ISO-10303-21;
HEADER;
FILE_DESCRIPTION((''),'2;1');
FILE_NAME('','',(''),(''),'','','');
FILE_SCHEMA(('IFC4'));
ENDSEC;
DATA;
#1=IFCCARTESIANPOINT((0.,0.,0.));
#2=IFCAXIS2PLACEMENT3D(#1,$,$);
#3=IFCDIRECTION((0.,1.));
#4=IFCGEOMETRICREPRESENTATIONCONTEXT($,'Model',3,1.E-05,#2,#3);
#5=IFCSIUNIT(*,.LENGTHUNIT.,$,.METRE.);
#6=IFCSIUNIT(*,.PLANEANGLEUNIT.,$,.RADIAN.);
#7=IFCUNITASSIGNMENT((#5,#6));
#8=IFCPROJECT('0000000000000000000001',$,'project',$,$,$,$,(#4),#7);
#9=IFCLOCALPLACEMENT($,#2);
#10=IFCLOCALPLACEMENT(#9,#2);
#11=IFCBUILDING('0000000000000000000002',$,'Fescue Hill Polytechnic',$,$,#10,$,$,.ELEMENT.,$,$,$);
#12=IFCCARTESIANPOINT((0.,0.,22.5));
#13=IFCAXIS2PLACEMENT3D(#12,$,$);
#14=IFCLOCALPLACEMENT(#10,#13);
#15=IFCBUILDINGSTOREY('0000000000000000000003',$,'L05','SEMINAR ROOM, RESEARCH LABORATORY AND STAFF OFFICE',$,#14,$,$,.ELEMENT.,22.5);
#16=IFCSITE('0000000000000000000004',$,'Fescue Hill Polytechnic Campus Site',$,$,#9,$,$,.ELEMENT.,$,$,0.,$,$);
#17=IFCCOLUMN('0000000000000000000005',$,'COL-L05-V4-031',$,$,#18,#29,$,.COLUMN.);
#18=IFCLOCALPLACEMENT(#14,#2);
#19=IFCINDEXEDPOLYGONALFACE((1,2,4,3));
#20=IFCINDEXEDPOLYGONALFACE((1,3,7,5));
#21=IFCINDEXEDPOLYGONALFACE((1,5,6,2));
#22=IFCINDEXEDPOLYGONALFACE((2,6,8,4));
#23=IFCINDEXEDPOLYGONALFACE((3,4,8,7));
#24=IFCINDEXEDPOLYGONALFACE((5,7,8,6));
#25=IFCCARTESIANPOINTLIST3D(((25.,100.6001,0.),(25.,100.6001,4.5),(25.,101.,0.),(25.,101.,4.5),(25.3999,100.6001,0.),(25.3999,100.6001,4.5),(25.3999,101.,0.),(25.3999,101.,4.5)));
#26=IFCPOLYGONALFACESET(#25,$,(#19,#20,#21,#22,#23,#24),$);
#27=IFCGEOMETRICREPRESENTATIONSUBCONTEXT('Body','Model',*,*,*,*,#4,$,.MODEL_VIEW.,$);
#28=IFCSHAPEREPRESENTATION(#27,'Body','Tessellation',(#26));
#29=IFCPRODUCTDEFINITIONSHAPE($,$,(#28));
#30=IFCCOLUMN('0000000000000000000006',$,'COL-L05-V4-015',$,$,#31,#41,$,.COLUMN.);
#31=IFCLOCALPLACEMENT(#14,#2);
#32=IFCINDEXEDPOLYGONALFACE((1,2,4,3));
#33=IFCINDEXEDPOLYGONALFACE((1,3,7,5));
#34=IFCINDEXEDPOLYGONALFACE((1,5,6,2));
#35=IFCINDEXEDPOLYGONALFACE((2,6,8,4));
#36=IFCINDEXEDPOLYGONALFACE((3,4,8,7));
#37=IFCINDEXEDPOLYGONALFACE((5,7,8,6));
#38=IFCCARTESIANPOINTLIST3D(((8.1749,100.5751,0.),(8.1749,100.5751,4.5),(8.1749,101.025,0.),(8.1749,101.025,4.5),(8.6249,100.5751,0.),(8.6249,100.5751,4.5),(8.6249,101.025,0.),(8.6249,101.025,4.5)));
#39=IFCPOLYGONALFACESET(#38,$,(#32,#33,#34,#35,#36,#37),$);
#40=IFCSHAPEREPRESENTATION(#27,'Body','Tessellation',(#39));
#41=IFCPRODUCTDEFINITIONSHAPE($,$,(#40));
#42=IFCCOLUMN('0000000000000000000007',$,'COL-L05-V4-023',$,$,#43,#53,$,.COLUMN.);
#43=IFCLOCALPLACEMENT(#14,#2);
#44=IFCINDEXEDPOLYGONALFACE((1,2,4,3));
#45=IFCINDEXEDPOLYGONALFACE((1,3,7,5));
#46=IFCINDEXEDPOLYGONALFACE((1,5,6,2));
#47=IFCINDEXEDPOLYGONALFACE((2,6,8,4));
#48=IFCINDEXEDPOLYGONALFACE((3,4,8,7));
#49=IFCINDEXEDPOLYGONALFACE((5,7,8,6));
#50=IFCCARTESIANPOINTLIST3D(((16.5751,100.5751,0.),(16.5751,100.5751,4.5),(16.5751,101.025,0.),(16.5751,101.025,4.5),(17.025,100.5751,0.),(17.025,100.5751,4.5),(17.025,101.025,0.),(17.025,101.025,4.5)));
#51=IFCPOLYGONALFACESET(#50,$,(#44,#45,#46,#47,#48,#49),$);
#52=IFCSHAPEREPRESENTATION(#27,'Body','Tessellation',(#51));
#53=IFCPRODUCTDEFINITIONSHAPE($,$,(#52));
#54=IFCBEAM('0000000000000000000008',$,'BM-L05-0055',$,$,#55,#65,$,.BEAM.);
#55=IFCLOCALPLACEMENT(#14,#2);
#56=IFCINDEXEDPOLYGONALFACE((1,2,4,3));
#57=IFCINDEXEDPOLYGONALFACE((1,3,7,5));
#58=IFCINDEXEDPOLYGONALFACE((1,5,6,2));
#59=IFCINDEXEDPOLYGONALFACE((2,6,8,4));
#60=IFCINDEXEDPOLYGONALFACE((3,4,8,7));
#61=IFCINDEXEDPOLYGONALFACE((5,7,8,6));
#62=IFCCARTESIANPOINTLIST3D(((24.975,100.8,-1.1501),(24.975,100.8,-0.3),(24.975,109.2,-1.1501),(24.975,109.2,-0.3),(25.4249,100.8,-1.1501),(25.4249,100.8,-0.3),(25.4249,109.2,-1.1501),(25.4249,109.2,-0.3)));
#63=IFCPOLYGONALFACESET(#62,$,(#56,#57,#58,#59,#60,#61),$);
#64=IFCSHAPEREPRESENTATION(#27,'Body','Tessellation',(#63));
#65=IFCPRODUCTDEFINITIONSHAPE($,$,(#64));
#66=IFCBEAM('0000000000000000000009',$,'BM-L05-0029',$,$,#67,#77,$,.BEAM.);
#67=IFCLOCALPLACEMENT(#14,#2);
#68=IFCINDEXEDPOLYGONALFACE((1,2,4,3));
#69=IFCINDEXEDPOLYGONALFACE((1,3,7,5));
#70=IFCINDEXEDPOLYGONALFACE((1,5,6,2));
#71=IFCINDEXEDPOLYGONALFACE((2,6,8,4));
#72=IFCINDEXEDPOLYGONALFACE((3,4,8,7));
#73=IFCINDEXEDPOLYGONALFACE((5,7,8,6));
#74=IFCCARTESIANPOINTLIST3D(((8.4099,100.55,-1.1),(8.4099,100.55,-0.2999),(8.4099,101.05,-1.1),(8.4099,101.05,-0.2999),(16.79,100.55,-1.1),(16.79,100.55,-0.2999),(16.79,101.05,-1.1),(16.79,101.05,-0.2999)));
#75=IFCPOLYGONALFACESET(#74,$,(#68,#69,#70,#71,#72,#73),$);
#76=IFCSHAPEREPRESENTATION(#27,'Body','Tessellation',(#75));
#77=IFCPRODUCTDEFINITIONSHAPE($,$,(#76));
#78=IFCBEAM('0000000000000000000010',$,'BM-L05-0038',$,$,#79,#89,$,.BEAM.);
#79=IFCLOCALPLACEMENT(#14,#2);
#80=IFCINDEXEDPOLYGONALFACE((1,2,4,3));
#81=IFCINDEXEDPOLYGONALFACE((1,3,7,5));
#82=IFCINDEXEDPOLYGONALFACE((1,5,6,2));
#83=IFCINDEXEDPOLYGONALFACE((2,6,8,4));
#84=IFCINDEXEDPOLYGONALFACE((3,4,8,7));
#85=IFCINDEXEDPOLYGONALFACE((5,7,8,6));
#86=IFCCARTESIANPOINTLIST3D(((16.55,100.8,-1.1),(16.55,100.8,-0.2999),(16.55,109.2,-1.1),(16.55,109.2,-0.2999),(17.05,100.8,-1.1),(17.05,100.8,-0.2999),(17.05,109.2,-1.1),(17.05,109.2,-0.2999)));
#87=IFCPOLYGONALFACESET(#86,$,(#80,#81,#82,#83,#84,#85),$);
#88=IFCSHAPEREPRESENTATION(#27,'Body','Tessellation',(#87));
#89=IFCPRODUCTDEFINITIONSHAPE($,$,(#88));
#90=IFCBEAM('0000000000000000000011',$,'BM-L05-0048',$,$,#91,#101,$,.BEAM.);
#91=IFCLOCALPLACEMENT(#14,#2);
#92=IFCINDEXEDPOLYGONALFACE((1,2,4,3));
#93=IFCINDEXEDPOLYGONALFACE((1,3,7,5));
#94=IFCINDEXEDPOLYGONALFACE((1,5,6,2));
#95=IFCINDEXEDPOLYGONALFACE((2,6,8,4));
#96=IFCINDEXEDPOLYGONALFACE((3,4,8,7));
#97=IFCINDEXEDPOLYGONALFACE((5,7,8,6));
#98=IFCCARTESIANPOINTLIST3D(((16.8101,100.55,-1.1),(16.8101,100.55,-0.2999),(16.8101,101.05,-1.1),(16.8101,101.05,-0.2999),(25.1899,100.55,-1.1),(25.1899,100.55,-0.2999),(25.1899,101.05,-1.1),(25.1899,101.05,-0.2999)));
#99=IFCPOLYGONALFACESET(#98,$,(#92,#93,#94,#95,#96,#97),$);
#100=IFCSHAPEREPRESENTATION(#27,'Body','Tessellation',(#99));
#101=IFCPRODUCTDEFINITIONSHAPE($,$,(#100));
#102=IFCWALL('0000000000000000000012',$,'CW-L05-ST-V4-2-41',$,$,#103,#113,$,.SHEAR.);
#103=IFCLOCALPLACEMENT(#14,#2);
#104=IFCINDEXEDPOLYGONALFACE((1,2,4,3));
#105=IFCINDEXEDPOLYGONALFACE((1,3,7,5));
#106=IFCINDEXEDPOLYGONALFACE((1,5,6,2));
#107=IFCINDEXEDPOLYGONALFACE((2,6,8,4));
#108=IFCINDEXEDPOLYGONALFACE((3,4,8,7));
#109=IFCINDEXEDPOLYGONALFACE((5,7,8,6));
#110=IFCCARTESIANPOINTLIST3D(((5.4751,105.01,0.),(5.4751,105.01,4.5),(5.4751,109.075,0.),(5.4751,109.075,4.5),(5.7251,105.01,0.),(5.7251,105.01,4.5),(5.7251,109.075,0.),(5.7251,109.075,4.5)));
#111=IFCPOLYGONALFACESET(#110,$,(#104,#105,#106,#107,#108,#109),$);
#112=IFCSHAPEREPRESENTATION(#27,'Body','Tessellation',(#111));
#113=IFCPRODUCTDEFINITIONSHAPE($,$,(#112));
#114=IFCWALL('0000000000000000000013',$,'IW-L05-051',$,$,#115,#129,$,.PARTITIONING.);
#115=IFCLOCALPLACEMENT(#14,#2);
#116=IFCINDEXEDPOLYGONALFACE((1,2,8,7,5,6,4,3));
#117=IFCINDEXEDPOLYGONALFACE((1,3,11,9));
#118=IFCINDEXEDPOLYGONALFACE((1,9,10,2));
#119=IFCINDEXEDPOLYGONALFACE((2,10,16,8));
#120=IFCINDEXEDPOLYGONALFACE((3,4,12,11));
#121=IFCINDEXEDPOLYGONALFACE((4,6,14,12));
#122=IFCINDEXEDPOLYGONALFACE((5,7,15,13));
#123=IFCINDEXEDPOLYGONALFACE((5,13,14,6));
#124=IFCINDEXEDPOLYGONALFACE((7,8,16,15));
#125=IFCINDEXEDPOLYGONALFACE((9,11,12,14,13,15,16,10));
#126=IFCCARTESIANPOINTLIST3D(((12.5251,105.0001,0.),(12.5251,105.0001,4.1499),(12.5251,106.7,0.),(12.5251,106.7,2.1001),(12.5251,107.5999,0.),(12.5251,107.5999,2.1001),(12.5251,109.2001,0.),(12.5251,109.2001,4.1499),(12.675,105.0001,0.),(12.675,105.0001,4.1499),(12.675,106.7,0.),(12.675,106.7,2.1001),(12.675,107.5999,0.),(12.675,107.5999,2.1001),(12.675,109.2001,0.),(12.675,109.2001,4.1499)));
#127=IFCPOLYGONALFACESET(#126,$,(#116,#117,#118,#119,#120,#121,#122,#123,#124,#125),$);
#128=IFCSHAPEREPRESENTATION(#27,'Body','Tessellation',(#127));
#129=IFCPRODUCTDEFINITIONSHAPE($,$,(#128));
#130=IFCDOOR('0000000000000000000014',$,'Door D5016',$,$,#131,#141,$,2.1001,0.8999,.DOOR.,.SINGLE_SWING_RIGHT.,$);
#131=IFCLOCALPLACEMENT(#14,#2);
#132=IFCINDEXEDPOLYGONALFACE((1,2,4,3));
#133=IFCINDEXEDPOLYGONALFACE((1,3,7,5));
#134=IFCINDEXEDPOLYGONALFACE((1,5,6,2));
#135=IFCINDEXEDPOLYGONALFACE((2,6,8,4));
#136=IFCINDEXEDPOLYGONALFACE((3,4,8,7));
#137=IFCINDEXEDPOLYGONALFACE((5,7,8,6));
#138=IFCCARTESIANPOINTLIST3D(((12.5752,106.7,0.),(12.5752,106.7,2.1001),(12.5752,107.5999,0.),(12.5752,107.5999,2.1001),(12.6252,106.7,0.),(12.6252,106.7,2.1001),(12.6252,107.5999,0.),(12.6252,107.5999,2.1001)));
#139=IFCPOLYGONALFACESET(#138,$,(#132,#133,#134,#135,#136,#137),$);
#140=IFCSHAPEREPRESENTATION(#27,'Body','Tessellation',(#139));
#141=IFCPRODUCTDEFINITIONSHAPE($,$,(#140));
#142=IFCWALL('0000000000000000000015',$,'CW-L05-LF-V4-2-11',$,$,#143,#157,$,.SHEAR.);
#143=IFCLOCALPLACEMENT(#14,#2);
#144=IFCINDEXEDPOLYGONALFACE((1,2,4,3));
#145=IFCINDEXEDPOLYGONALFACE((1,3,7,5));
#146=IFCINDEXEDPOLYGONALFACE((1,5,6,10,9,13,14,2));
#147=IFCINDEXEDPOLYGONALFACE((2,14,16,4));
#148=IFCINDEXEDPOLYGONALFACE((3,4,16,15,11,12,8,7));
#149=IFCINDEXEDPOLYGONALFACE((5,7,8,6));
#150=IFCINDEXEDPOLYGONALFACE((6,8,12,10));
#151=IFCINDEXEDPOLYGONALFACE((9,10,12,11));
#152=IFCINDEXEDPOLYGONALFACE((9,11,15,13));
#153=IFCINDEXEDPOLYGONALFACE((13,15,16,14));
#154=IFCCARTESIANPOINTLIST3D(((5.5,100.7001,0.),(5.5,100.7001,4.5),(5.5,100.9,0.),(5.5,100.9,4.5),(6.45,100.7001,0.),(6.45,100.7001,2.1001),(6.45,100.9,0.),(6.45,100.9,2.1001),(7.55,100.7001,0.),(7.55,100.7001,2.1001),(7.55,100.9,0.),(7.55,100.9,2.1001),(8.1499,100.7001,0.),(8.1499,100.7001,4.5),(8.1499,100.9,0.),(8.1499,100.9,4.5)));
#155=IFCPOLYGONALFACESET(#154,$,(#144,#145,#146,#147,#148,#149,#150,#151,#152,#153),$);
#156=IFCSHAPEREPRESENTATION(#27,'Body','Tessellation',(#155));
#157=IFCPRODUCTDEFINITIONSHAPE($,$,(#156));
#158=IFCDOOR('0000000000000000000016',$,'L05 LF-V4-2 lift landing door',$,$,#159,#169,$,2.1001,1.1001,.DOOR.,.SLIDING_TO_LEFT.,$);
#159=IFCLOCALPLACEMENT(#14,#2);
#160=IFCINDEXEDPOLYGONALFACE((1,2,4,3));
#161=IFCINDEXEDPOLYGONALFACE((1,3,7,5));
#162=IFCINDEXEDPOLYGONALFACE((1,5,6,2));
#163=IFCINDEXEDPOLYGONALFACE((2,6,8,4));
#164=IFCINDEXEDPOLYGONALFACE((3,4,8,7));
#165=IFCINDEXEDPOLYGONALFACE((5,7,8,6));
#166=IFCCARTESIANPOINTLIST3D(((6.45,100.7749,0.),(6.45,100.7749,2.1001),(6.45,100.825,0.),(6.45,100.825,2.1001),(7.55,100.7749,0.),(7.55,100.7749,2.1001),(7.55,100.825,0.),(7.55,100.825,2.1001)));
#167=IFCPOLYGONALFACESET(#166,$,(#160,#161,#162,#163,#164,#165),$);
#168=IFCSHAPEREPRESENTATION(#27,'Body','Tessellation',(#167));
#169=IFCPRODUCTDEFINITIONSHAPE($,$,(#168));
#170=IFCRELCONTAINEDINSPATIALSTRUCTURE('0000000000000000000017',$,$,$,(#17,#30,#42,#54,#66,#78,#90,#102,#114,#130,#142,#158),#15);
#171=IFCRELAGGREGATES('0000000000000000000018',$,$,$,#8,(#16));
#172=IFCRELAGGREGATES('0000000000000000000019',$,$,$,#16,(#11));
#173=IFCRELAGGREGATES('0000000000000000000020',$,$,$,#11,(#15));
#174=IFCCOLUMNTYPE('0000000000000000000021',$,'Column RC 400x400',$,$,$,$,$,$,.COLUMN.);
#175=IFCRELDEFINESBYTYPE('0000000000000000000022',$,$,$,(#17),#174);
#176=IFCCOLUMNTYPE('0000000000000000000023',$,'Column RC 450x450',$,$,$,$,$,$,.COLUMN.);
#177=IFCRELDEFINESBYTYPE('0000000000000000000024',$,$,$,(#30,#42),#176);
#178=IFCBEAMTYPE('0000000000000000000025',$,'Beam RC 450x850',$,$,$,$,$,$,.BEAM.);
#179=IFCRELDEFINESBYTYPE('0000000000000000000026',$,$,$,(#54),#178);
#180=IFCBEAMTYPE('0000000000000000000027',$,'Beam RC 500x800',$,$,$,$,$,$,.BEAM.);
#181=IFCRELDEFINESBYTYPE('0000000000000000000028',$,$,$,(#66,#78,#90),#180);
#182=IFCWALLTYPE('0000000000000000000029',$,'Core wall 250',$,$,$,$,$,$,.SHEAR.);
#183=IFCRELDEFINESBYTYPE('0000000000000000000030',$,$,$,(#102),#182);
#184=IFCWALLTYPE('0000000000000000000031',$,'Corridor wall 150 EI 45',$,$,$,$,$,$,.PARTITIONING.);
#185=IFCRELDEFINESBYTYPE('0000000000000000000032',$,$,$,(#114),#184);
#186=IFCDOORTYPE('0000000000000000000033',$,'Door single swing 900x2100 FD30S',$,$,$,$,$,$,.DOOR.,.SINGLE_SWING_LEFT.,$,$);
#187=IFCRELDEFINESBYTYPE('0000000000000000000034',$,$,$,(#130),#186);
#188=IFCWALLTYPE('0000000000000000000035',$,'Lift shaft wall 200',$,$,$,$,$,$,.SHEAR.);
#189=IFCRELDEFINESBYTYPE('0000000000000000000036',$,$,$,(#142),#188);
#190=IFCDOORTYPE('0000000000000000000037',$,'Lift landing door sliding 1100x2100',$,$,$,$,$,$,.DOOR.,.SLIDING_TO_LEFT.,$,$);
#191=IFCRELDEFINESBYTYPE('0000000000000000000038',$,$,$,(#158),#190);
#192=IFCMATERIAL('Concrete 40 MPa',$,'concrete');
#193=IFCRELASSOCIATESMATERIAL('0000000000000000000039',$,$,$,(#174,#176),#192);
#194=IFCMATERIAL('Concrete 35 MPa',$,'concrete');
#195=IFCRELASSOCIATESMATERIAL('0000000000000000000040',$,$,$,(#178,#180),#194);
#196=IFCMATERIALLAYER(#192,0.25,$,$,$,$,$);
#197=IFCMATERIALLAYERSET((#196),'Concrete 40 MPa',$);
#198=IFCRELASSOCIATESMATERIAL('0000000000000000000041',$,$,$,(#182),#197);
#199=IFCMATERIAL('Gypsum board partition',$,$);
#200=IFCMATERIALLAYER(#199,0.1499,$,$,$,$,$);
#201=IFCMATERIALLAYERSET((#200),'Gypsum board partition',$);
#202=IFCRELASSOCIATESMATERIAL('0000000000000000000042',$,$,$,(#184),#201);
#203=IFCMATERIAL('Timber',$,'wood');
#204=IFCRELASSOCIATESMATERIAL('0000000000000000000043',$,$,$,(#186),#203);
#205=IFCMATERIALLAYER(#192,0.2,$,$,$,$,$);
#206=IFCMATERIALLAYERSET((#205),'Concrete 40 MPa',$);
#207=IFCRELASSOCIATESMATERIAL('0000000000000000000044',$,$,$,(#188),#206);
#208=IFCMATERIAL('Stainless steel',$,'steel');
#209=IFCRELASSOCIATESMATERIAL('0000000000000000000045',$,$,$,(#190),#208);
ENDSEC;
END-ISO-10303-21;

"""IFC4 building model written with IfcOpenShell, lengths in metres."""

from ifc_helpers import new_model, si_unit, direction, frame, frame_2d, origin, origin_2d, place, context, subcontext, project, spatial, rectangle, extrude, material, layer, layer_set, material_profile, profile_set, type_object, element, fill, save


model = new_model("IFC4")

# Units and contexts
model_context = context("Model", 3, precision=1e-05, world=origin(), true_north=direction((0.0, 1.0)))
body_context = subcontext(model_context, "Body", "Model", "MODEL_VIEW")
ifc_project = project(units=[si_unit("LENGTHUNIT", "METRE"), si_unit("PLANEANGLEUNIT", "RADIAN")], contexts=[model_context])

# Site, building, storey
site_placement = place(None, origin())
site = spatial("IfcSite", under=ifc_project, at=site_placement, Name="Fescue Hill Polytechnic Campus Site", CompositionType="ELEMENT", RefElevation=0.0)
building_placement = place(site_placement, origin())
building = spatial("IfcBuilding", under=site, at=building_placement, Name="Fescue Hill Polytechnic", CompositionType="ELEMENT")
storey_placement = place(building_placement, frame((0.0, 0.0, 22.5)))
storey = spatial("IfcBuildingStorey", under=building, at=storey_placement, Name="L05", Description="SEMINAR ROOM, RESEARCH LABORATORY AND STAFF OFFICE", CompositionType="ELEMENT", Elevation=22.5)

# Columns
ifc_material_1 = material(Name="Concrete 40 MPa", Category="concrete")
ifc_material_profile_1 = material_profile(ifc_material_1, rectangle(XDim=0.3999, YDim=0.3999, at=origin_2d()), Name="RC 400x400")
ifc_profile_set_1 = profile_set([ifc_material_profile_1], Name="Concrete 40 MPa")
column_type_1 = type_object("IfcColumnType", Name="Column RC 400x400", PredefinedType="COLUMN", material=ifc_profile_set_1)
column_placement = place(storey_placement, frame((25.2, 100.8, 0.0), z_axis=(0.0, 0.0, 1.0), x_axis=(1.0, 0.0, 0.0)))
element("IfcColumn", 1, at=column_placement, inside=storey, type_object=column_type_1, Name="COL-L05-V4-031", PredefinedType="COLUMN", context=body_context, shape_type="SweptSolid", body=[
    extrude(rectangle(XDim=0.3999, YDim=0.3999, at=origin_2d()), origin(), (0.0, 0.0, 1.0), 4.5),
])
ifc_material_profile_2 = material_profile(ifc_material_1, rectangle(XDim=0.45, YDim=0.45, at=origin_2d()), Name="RC 450x450")
ifc_profile_set_2 = profile_set([ifc_material_profile_2], Name="Concrete 40 MPa")
column_type_2 = type_object("IfcColumnType", Name="Column RC 450x450", PredefinedType="COLUMN", material=ifc_profile_set_2)
for number, where, z_axis, x_axis, name in (
    (2, (8.3999, 100.8, 0.0), (0.0, 0.0, 1.0), (1.0, 0.0, 0.0), "COL-L05-V4-015"),
    (3, (16.8, 100.8, 0.0), (0.0, 0.0, 1.0), (1.0, 0.0, 0.0), "COL-L05-V4-023"),
):
    element("IfcColumn", number, at=place(storey_placement, frame(where, z_axis=z_axis, x_axis=x_axis)), inside=storey, type_object=column_type_2, Name=name, PredefinedType="COLUMN", context=body_context, shape_type="SweptSolid", body=[
        extrude(rectangle(XDim=0.45, YDim=0.45, at=origin_2d()), origin(), (0.0, 0.0, 1.0), 4.5),
    ])

# Beams
ifc_material_2 = material(Name="Concrete 35 MPa", Category="concrete")
ifc_material_profile_3 = material_profile(ifc_material_2, rectangle(XDim=0.45, YDim=0.8501, at=origin_2d()), Name="RC 450x850")
ifc_profile_set_3 = profile_set([ifc_material_profile_3], Name="Concrete 35 MPa")
beam_type_1 = type_object("IfcBeamType", Name="Beam RC 450x850", PredefinedType="BEAM", material=ifc_profile_set_3)
beam_1_placement = place(storey_placement, frame((25.2, 100.8, -0.7251), z_axis=(0.0, 1.0, 0.0), x_axis=(-1.0, 0.0, 0.0)))
element("IfcBeam", 4, at=beam_1_placement, inside=storey, type_object=beam_type_1, Name="BM-L05-0055", PredefinedType="BEAM", context=body_context, shape_type="SweptSolid", body=[
    extrude(rectangle(XDim=0.45, YDim=0.8501, at=origin_2d()), origin(), (0.0, 0.0, 1.0), 8.3999),
])
ifc_material_profile_4 = material_profile(ifc_material_2, rectangle(XDim=0.5, YDim=0.8, at=origin_2d()), Name="RC 500x800")
ifc_profile_set_4 = profile_set([ifc_material_profile_4], Name="Concrete 35 MPa")
beam_type_2 = type_object("IfcBeamType", Name="Beam RC 500x800", PredefinedType="BEAM", material=ifc_profile_set_4)
beam_2_placement = place(storey_placement, frame((8.4099, 100.8, -0.7), z_axis=(1.0, 0.0, 0.0), x_axis=(0.0, 1.0, 0.0)))
element("IfcBeam", 5, at=beam_2_placement, inside=storey, type_object=beam_type_2, Name="BM-L05-0029", PredefinedType="BEAM", context=body_context, shape_type="SweptSolid", body=[
    extrude(rectangle(XDim=0.5, YDim=0.8, at=origin_2d()), origin(), (0.0, 0.0, 1.0), 8.3801),
])
beam_3_placement = place(storey_placement, frame((16.8, 100.8, -0.7), z_axis=(0.0, 1.0, 0.0), x_axis=(-1.0, 0.0, 0.0)))
element("IfcBeam", 6, at=beam_3_placement, inside=storey, type_object=beam_type_2, Name="BM-L05-0038", PredefinedType="BEAM", context=body_context, shape_type="SweptSolid", body=[
    extrude(rectangle(XDim=0.5, YDim=0.8, at=origin_2d()), origin(), (0.0, 0.0, 1.0), 8.3999),
])
beam_4_placement = place(storey_placement, frame((16.8101, 100.8, -0.7), z_axis=(1.0, 0.0, 0.0), x_axis=(0.0, 1.0, 0.0)))
element("IfcBeam", 7, at=beam_4_placement, inside=storey, type_object=beam_type_2, Name="BM-L05-0048", PredefinedType="BEAM", context=body_context, shape_type="SweptSolid", body=[
    extrude(rectangle(XDim=0.5, YDim=0.8, at=origin_2d()), origin(), (0.0, 0.0, 1.0), 8.3799),
])

# Wall
ifc_layer_1 = layer(ifc_material_1, 0.25)
ifc_layer_set_1 = layer_set([ifc_layer_1], Name="Concrete 40 MPa")
wall_type_1 = type_object("IfcWallType", Name="Core wall 250", PredefinedType="SHEAR", material=ifc_layer_set_1)
wall_1_placement = place(storey_placement, frame((5.6001, 105.01, 0.0), z_axis=(0.0, 0.0, 1.0), x_axis=(0.0, 1.0, 0.0)))
element("IfcWall", 8, at=wall_1_placement, inside=storey, type_object=wall_type_1, Name="CW-L05-ST-V4-2-41", PredefinedType="SHEAR", context=body_context, shape_type="SweptSolid", body=[
    extrude(rectangle(XDim=4.0649, YDim=0.25, at=frame_2d((2.0325, 0.0))), origin(), (0.0, 0.0, 1.0), 4.5),
])

# Walls, openings, doors
ifc_material_3 = material(Name="Gypsum board partition")
ifc_layer_2 = layer(ifc_material_3, 0.1499)
ifc_layer_set_2 = layer_set([ifc_layer_2], Name="Gypsum board partition")
wall_type_2 = type_object("IfcWallType", Name="Corridor wall 150 EI 45", PredefinedType="PARTITIONING", material=ifc_layer_set_2)
wall_2_placement = place(storey_placement, frame((12.6001, 105.0, 0.0), z_axis=(0.0, 0.0, 1.0), x_axis=(0.0, 1.0, 0.0)))
wall_2 = element("IfcWall", 9, at=wall_2_placement, inside=storey, type_object=wall_type_2, Name="IW-L05-051", PredefinedType="PARTITIONING", context=body_context, shape_type="SweptSolid", body=[
    extrude(rectangle(XDim=4.2, YDim=0.1499, at=frame_2d((2.1001, 0.0))), origin(), (0.0, 0.0, 1.0), 4.1499),
])
opening_1_placement = place(wall_2_placement, frame((1.7, 0.0, 0.0)))
opening_1 = element("IfcOpeningElement", 10, at=opening_1_placement, cuts=wall_2, PredefinedType="OPENING", context=body_context, shape_type="SweptSolid", body=[
    extrude(rectangle(XDim=0.8999, YDim=2.1001, at=frame_2d((0.45, 1.05))), frame((0.0, 0.085, 0.0), z_axis=(0.0, -1.0, 0.0), x_axis=(1.0, 0.0, 0.0)), (0.0, 0.0, 1.0), 0.1699),
])
ifc_material_4 = material(Name="Timber", Category="wood")
door_type_1 = type_object("IfcDoorType", Name="Door single swing 900x2100 FD30S", OperationType="SINGLE_SWING_LEFT", PredefinedType="DOOR", material=ifc_material_4)
door_1_placement = place(opening_1_placement, origin())
door_1 = element("IfcDoor", 11, at=door_1_placement, inside=storey, type_object=door_type_1, Name="Door D5016", OperationType="SINGLE_SWING_RIGHT", OverallHeight=2.1001, OverallWidth=0.8999, PredefinedType="DOOR", context=body_context, shape_type="SweptSolid", body=[
    extrude(rectangle(XDim=0.8999, YDim=2.1001, at=frame_2d((0.45, 1.05))), frame((0.0, 0.0249, 0.0), z_axis=(0.0, -1.0, 0.0), x_axis=(1.0, 0.0, 0.0)), (0.0, 0.0, 1.0), 0.05),
])
fill(opening_1, door_1)
ifc_layer_3 = layer(ifc_material_1, 0.2)
ifc_layer_set_3 = layer_set([ifc_layer_3], Name="Concrete 40 MPa")
wall_type_3 = type_object("IfcWallType", Name="Lift shaft wall 200", PredefinedType="SHEAR", material=ifc_layer_set_3)
wall_3_placement = place(storey_placement, frame((5.5, 100.8, 0.0), z_axis=(0.0, 0.0, 1.0), x_axis=(1.0, 0.0, 0.0)))
wall_3 = element("IfcWall", 12, at=wall_3_placement, inside=storey, type_object=wall_type_3, Name="CW-L05-LF-V4-2-11", PredefinedType="SHEAR", context=body_context, shape_type="SweptSolid", body=[
    extrude(rectangle(XDim=2.6499, YDim=0.2, at=frame_2d((1.325, 0.0))), origin(), (0.0, 0.0, 1.0), 4.5),
])
opening_2_placement = place(wall_3_placement, frame((0.95, 0.0, 0.0)))
opening_2 = element("IfcOpeningElement", 13, at=opening_2_placement, cuts=wall_3, PredefinedType="OPENING", context=body_context, shape_type="SweptSolid", body=[
    extrude(rectangle(XDim=1.1001, YDim=2.1001, at=frame_2d((0.55, 1.05))), frame((0.0, 0.1099, 0.0), z_axis=(0.0, -1.0, 0.0), x_axis=(1.0, 0.0, 0.0)), (0.0, 0.0, 1.0), 0.22),
])
ifc_material_5 = material(Name="Stainless steel", Category="steel")
door_type_2 = type_object("IfcDoorType", Name="Lift landing door sliding 1100x2100", OperationType="SLIDING_TO_LEFT", PredefinedType="DOOR", material=ifc_material_5)
door_2_placement = place(opening_2_placement, origin())
door_2 = element("IfcDoor", 14, at=door_2_placement, inside=storey, type_object=door_type_2, Name="L05 LF-V4-2 lift landing door", OperationType="SLIDING_TO_LEFT", OverallHeight=2.1001, OverallWidth=1.1001, PredefinedType="DOOR", context=body_context, shape_type="SweptSolid", body=[
    extrude(rectangle(XDim=1.1001, YDim=2.1001, at=frame_2d((0.55, 1.05))), frame((0.0, 0.0249, 0.0), z_axis=(0.0, -1.0, 0.0), x_axis=(1.0, 0.0, 0.0)), (0.0, 0.0, 1.0), 0.05),
])
fill(opening_2, door_2)

save(model, "model.ifc")
